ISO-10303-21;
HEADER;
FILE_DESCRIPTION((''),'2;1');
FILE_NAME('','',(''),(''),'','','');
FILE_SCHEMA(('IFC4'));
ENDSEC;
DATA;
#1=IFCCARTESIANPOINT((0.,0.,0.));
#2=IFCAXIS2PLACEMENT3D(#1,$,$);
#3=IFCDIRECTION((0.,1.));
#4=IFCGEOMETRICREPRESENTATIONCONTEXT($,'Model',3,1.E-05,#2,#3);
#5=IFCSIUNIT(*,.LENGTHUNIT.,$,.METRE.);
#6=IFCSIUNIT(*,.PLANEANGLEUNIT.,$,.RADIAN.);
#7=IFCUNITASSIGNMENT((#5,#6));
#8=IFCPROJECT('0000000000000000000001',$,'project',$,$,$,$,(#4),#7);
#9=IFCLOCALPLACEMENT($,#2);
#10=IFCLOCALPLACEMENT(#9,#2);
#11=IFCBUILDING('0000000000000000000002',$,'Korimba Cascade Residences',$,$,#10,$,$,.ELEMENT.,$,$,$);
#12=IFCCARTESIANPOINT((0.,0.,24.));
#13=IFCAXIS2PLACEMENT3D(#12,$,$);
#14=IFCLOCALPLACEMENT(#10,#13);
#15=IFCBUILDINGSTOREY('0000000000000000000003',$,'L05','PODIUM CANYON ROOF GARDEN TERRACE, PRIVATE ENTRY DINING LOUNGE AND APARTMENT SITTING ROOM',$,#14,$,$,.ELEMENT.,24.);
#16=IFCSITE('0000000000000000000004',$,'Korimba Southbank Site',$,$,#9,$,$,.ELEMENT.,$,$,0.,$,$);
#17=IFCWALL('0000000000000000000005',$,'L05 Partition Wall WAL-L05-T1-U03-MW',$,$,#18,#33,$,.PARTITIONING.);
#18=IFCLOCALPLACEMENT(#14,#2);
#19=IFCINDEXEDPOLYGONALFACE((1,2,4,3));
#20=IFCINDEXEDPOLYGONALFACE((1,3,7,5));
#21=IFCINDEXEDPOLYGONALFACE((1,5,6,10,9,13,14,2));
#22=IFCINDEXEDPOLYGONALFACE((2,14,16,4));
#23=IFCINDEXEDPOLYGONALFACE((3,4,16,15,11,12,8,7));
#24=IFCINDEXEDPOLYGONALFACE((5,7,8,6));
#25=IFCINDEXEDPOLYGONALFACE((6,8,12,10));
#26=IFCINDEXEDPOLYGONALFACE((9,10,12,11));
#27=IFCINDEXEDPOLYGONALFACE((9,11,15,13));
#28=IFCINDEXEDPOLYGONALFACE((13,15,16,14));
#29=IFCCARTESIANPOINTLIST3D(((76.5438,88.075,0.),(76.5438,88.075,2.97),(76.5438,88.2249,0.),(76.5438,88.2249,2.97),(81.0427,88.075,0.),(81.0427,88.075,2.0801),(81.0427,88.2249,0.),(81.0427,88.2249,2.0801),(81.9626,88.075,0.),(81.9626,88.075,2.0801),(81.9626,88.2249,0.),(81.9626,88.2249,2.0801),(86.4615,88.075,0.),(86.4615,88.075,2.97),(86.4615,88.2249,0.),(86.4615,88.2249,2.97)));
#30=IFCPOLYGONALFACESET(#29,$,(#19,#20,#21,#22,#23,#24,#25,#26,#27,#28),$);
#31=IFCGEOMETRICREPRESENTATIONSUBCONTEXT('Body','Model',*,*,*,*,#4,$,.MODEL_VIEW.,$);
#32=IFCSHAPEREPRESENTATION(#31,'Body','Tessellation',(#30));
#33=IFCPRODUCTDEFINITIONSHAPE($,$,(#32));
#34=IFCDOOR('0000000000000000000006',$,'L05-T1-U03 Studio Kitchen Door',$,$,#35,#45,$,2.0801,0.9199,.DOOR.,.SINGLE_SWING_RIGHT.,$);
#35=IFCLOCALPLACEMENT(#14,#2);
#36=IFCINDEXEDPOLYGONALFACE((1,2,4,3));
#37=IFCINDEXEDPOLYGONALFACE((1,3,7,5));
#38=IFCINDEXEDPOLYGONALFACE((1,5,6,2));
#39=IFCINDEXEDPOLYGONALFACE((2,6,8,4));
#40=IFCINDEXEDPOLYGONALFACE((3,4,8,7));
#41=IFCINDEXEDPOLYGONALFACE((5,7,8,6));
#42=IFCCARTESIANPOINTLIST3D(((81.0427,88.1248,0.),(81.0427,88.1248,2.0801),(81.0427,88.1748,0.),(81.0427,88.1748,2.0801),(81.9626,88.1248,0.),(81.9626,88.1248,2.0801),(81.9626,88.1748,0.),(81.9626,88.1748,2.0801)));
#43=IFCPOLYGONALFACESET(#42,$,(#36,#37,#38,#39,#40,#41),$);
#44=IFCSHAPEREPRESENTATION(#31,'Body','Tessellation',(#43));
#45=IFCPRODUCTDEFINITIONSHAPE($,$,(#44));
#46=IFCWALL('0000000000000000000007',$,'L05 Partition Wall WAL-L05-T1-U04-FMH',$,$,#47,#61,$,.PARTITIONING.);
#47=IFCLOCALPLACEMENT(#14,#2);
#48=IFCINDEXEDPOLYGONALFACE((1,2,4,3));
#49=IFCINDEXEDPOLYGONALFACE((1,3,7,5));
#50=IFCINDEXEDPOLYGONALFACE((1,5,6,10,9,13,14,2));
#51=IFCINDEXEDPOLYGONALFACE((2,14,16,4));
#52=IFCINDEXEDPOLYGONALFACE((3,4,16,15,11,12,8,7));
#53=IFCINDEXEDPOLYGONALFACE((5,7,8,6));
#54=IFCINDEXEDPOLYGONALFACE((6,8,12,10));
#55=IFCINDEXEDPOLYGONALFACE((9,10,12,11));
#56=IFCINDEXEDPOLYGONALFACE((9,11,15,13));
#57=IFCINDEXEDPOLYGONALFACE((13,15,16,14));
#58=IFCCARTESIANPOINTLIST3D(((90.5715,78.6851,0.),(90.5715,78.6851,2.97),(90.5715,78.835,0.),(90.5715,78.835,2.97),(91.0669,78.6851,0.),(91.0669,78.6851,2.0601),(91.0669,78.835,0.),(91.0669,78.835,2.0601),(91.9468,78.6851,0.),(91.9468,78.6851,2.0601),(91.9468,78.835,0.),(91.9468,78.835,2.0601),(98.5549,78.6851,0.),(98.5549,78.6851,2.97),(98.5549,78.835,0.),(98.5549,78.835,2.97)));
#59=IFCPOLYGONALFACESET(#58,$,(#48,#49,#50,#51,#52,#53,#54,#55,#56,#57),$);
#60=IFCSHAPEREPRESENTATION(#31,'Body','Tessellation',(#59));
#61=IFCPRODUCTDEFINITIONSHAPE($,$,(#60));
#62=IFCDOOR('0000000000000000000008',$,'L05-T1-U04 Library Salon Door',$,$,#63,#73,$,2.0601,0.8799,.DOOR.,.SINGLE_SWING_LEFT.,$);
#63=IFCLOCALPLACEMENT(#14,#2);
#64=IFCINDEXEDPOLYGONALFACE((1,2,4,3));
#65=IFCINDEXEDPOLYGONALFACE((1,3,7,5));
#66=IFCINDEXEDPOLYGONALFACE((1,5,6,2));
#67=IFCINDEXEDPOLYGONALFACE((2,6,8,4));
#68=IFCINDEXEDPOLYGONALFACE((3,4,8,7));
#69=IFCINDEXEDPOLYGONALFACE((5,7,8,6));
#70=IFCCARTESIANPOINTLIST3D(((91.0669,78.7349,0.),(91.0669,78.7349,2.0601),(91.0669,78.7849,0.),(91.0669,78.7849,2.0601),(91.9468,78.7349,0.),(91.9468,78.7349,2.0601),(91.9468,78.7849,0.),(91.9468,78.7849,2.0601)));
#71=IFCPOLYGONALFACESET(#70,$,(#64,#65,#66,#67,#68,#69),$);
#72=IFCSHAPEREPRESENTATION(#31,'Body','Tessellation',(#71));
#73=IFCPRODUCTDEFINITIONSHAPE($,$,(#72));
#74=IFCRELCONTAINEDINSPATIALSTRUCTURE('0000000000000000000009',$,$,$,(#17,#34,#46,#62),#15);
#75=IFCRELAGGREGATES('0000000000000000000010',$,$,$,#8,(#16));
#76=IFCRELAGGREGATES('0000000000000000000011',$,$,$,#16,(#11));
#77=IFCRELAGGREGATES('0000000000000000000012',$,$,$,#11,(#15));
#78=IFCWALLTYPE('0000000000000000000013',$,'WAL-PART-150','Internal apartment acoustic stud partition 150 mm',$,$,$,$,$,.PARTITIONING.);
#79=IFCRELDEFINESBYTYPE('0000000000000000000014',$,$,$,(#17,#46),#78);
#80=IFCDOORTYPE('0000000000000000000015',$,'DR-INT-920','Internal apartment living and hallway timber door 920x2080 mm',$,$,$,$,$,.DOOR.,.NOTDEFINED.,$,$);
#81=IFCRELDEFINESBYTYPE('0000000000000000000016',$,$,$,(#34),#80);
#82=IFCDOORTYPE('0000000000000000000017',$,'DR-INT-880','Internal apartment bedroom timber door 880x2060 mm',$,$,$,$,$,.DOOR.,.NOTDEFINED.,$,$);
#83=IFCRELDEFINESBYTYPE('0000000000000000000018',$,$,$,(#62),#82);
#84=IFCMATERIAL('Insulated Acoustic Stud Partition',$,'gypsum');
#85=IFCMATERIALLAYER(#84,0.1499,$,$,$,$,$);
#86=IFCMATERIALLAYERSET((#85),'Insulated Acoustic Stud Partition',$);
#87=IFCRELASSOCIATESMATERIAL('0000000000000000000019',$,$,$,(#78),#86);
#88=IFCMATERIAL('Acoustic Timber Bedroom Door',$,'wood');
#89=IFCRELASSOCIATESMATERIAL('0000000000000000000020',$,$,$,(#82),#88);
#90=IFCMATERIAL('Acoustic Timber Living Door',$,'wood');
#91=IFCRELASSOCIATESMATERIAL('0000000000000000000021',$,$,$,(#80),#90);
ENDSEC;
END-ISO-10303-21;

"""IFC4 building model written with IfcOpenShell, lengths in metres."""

from ifc_helpers import new_model, si_unit, direction, frame, frame_2d, origin, place, context, subcontext, project, spatial, rectangle, extrude, material, layer, layer_set, type_object, element, fill, save


model = new_model("IFC4")

# Units and contexts
model_context = context("Model", 3, precision=1e-05, world=origin(), true_north=direction((0.0, 1.0)))
body_context = subcontext(model_context, "Body", "Model", "MODEL_VIEW")
ifc_project = project(units=[si_unit("LENGTHUNIT", "METRE"), si_unit("PLANEANGLEUNIT", "RADIAN")], contexts=[model_context])

# Site, building, storey
site_placement = place(None, origin())
site = spatial("IfcSite", under=ifc_project, at=site_placement, Name="Korimba Southbank Site", CompositionType="ELEMENT", RefElevation=0.0)
building_placement = place(site_placement, origin())
building = spatial("IfcBuilding", under=site, at=building_placement, Name="Korimba Cascade Residences", CompositionType="ELEMENT")
storey_placement = place(building_placement, frame((0.0, 0.0, 24.0)))
storey = spatial("IfcBuildingStorey", under=building, at=storey_placement, Name="L05", Description="PODIUM CANYON ROOF GARDEN TERRACE, PRIVATE ENTRY DINING LOUNGE AND APARTMENT SITTING ROOM", CompositionType="ELEMENT", Elevation=24.0)

# Walls, openings, doors
ifc_material_1 = material(Name="Insulated Acoustic Stud Partition", Category="gypsum")
ifc_layer_1 = layer(ifc_material_1, 0.1499)
ifc_layer_set_1 = layer_set([ifc_layer_1], Name="Insulated Acoustic Stud Partition")
wall_type_1 = type_object("IfcWallType", Name="WAL-PART-150", Description="Internal apartment acoustic stud partition 150 mm", PredefinedType="PARTITIONING", material=ifc_layer_set_1)
ifc_material_2 = material(Name="Acoustic Timber Bedroom Door", Category="wood")
door_type_1 = type_object("IfcDoorType", Name="DR-INT-880", Description="Internal apartment bedroom timber door 880x2060 mm", OperationType="NOTDEFINED", PredefinedType="DOOR", material=ifc_material_2)
wall_1_placement = place(storey_placement, frame((76.5437, 88.1499, 0.0), z_axis=(0.0, 0.0, 1.0), x_axis=(1.0, 0.0, 0.0)))
wall_1 = element("IfcWall", 1, at=wall_1_placement, inside=storey, type_object=wall_type_1, Name="L05 Partition Wall WAL-L05-T1-U03-MW", PredefinedType="PARTITIONING", context=body_context, shape_type="SweptSolid", body=[
    extrude(rectangle(XDim=9.9177, YDim=0.1499, at=frame_2d((4.959, 0.0))), origin(), (0.0, 0.0, 1.0), 2.97),
])
opening_1_placement = place(wall_1_placement, frame((4.499, 0.0, 0.0)))
opening_1 = element("IfcOpeningElement", 2, at=opening_1_placement, cuts=wall_1, PredefinedType="OPENING", context=body_context, shape_type="SweptSolid", body=[
    extrude(rectangle(XDim=0.9199, YDim=2.0801, at=frame_2d((0.46, 1.04))), frame((0.0, 0.085, 0.0), z_axis=(0.0, -1.0, 0.0), x_axis=(1.0, 0.0, 0.0)), (0.0, 0.0, 1.0), 0.1699),
])
ifc_material_3 = material(Name="Acoustic Timber Living Door", Category="wood")
door_type_2 = type_object("IfcDoorType", Name="DR-INT-920", Description="Internal apartment living and hallway timber door 920x2080 mm", OperationType="NOTDEFINED", PredefinedType="DOOR", material=ifc_material_3)
door_1_placement = place(opening_1_placement, origin())
door_1 = element("IfcDoor", 3, at=door_1_placement, inside=storey, type_object=door_type_2, Name="L05-T1-U03 Studio Kitchen Door", OperationType="SINGLE_SWING_RIGHT", OverallHeight=2.0801, OverallWidth=0.9199, PredefinedType="DOOR", context=body_context, shape_type="SweptSolid", body=[
    extrude(rectangle(XDim=0.9199, YDim=2.0801, at=frame_2d((0.46, 1.04))), frame((0.0, 0.0249, 0.0), z_axis=(0.0, -1.0, 0.0), x_axis=(1.0, 0.0, 0.0)), (0.0, 0.0, 1.0), 0.05),
])
fill(opening_1, door_1)
wall_2_placement = place(storey_placement, frame((90.5715, 78.76, 0.0), z_axis=(0.0, 0.0, 1.0), x_axis=(1.0, 0.0, 0.0)))
wall_2 = element("IfcWall", 4, at=wall_2_placement, inside=storey, type_object=wall_type_1, Name="L05 Partition Wall WAL-L05-T1-U04-FMH", PredefinedType="PARTITIONING", context=body_context, shape_type="SweptSolid", body=[
    extrude(rectangle(XDim=7.9834, YDim=0.1499, at=frame_2d((3.9917, 0.0))), origin(), (0.0, 0.0, 1.0), 2.97),
])
opening_2_placement = place(wall_2_placement, frame((0.4954, 0.0, 0.0)))
opening_2 = element("IfcOpeningElement", 5, at=opening_2_placement, cuts=wall_2, PredefinedType="OPENING", context=body_context, shape_type="SweptSolid", body=[
    extrude(rectangle(XDim=0.8799, YDim=2.0601, at=frame_2d((0.4399, 1.03))), frame((0.0, 0.085, 0.0), z_axis=(0.0, -1.0, 0.0), x_axis=(1.0, 0.0, 0.0)), (0.0, 0.0, 1.0), 0.1699),
])
door_2_placement = place(opening_2_placement, origin())
door_2 = element("IfcDoor", 6, at=door_2_placement, inside=storey, type_object=door_type_1, Name="L05-T1-U04 Library Salon Door", OperationType="SINGLE_SWING_LEFT", OverallHeight=2.0601, OverallWidth=0.8799, PredefinedType="DOOR", context=body_context, shape_type="SweptSolid", body=[
    extrude(rectangle(XDim=0.8799, YDim=2.0601, at=frame_2d((0.4399, 1.03))), frame((0.0, 0.0249, 0.0), z_axis=(0.0, -1.0, 0.0), x_axis=(1.0, 0.0, 0.0)), (0.0, 0.0, 1.0), 0.05),
])
fill(opening_2, door_2)

save(model, "model.ifc")
